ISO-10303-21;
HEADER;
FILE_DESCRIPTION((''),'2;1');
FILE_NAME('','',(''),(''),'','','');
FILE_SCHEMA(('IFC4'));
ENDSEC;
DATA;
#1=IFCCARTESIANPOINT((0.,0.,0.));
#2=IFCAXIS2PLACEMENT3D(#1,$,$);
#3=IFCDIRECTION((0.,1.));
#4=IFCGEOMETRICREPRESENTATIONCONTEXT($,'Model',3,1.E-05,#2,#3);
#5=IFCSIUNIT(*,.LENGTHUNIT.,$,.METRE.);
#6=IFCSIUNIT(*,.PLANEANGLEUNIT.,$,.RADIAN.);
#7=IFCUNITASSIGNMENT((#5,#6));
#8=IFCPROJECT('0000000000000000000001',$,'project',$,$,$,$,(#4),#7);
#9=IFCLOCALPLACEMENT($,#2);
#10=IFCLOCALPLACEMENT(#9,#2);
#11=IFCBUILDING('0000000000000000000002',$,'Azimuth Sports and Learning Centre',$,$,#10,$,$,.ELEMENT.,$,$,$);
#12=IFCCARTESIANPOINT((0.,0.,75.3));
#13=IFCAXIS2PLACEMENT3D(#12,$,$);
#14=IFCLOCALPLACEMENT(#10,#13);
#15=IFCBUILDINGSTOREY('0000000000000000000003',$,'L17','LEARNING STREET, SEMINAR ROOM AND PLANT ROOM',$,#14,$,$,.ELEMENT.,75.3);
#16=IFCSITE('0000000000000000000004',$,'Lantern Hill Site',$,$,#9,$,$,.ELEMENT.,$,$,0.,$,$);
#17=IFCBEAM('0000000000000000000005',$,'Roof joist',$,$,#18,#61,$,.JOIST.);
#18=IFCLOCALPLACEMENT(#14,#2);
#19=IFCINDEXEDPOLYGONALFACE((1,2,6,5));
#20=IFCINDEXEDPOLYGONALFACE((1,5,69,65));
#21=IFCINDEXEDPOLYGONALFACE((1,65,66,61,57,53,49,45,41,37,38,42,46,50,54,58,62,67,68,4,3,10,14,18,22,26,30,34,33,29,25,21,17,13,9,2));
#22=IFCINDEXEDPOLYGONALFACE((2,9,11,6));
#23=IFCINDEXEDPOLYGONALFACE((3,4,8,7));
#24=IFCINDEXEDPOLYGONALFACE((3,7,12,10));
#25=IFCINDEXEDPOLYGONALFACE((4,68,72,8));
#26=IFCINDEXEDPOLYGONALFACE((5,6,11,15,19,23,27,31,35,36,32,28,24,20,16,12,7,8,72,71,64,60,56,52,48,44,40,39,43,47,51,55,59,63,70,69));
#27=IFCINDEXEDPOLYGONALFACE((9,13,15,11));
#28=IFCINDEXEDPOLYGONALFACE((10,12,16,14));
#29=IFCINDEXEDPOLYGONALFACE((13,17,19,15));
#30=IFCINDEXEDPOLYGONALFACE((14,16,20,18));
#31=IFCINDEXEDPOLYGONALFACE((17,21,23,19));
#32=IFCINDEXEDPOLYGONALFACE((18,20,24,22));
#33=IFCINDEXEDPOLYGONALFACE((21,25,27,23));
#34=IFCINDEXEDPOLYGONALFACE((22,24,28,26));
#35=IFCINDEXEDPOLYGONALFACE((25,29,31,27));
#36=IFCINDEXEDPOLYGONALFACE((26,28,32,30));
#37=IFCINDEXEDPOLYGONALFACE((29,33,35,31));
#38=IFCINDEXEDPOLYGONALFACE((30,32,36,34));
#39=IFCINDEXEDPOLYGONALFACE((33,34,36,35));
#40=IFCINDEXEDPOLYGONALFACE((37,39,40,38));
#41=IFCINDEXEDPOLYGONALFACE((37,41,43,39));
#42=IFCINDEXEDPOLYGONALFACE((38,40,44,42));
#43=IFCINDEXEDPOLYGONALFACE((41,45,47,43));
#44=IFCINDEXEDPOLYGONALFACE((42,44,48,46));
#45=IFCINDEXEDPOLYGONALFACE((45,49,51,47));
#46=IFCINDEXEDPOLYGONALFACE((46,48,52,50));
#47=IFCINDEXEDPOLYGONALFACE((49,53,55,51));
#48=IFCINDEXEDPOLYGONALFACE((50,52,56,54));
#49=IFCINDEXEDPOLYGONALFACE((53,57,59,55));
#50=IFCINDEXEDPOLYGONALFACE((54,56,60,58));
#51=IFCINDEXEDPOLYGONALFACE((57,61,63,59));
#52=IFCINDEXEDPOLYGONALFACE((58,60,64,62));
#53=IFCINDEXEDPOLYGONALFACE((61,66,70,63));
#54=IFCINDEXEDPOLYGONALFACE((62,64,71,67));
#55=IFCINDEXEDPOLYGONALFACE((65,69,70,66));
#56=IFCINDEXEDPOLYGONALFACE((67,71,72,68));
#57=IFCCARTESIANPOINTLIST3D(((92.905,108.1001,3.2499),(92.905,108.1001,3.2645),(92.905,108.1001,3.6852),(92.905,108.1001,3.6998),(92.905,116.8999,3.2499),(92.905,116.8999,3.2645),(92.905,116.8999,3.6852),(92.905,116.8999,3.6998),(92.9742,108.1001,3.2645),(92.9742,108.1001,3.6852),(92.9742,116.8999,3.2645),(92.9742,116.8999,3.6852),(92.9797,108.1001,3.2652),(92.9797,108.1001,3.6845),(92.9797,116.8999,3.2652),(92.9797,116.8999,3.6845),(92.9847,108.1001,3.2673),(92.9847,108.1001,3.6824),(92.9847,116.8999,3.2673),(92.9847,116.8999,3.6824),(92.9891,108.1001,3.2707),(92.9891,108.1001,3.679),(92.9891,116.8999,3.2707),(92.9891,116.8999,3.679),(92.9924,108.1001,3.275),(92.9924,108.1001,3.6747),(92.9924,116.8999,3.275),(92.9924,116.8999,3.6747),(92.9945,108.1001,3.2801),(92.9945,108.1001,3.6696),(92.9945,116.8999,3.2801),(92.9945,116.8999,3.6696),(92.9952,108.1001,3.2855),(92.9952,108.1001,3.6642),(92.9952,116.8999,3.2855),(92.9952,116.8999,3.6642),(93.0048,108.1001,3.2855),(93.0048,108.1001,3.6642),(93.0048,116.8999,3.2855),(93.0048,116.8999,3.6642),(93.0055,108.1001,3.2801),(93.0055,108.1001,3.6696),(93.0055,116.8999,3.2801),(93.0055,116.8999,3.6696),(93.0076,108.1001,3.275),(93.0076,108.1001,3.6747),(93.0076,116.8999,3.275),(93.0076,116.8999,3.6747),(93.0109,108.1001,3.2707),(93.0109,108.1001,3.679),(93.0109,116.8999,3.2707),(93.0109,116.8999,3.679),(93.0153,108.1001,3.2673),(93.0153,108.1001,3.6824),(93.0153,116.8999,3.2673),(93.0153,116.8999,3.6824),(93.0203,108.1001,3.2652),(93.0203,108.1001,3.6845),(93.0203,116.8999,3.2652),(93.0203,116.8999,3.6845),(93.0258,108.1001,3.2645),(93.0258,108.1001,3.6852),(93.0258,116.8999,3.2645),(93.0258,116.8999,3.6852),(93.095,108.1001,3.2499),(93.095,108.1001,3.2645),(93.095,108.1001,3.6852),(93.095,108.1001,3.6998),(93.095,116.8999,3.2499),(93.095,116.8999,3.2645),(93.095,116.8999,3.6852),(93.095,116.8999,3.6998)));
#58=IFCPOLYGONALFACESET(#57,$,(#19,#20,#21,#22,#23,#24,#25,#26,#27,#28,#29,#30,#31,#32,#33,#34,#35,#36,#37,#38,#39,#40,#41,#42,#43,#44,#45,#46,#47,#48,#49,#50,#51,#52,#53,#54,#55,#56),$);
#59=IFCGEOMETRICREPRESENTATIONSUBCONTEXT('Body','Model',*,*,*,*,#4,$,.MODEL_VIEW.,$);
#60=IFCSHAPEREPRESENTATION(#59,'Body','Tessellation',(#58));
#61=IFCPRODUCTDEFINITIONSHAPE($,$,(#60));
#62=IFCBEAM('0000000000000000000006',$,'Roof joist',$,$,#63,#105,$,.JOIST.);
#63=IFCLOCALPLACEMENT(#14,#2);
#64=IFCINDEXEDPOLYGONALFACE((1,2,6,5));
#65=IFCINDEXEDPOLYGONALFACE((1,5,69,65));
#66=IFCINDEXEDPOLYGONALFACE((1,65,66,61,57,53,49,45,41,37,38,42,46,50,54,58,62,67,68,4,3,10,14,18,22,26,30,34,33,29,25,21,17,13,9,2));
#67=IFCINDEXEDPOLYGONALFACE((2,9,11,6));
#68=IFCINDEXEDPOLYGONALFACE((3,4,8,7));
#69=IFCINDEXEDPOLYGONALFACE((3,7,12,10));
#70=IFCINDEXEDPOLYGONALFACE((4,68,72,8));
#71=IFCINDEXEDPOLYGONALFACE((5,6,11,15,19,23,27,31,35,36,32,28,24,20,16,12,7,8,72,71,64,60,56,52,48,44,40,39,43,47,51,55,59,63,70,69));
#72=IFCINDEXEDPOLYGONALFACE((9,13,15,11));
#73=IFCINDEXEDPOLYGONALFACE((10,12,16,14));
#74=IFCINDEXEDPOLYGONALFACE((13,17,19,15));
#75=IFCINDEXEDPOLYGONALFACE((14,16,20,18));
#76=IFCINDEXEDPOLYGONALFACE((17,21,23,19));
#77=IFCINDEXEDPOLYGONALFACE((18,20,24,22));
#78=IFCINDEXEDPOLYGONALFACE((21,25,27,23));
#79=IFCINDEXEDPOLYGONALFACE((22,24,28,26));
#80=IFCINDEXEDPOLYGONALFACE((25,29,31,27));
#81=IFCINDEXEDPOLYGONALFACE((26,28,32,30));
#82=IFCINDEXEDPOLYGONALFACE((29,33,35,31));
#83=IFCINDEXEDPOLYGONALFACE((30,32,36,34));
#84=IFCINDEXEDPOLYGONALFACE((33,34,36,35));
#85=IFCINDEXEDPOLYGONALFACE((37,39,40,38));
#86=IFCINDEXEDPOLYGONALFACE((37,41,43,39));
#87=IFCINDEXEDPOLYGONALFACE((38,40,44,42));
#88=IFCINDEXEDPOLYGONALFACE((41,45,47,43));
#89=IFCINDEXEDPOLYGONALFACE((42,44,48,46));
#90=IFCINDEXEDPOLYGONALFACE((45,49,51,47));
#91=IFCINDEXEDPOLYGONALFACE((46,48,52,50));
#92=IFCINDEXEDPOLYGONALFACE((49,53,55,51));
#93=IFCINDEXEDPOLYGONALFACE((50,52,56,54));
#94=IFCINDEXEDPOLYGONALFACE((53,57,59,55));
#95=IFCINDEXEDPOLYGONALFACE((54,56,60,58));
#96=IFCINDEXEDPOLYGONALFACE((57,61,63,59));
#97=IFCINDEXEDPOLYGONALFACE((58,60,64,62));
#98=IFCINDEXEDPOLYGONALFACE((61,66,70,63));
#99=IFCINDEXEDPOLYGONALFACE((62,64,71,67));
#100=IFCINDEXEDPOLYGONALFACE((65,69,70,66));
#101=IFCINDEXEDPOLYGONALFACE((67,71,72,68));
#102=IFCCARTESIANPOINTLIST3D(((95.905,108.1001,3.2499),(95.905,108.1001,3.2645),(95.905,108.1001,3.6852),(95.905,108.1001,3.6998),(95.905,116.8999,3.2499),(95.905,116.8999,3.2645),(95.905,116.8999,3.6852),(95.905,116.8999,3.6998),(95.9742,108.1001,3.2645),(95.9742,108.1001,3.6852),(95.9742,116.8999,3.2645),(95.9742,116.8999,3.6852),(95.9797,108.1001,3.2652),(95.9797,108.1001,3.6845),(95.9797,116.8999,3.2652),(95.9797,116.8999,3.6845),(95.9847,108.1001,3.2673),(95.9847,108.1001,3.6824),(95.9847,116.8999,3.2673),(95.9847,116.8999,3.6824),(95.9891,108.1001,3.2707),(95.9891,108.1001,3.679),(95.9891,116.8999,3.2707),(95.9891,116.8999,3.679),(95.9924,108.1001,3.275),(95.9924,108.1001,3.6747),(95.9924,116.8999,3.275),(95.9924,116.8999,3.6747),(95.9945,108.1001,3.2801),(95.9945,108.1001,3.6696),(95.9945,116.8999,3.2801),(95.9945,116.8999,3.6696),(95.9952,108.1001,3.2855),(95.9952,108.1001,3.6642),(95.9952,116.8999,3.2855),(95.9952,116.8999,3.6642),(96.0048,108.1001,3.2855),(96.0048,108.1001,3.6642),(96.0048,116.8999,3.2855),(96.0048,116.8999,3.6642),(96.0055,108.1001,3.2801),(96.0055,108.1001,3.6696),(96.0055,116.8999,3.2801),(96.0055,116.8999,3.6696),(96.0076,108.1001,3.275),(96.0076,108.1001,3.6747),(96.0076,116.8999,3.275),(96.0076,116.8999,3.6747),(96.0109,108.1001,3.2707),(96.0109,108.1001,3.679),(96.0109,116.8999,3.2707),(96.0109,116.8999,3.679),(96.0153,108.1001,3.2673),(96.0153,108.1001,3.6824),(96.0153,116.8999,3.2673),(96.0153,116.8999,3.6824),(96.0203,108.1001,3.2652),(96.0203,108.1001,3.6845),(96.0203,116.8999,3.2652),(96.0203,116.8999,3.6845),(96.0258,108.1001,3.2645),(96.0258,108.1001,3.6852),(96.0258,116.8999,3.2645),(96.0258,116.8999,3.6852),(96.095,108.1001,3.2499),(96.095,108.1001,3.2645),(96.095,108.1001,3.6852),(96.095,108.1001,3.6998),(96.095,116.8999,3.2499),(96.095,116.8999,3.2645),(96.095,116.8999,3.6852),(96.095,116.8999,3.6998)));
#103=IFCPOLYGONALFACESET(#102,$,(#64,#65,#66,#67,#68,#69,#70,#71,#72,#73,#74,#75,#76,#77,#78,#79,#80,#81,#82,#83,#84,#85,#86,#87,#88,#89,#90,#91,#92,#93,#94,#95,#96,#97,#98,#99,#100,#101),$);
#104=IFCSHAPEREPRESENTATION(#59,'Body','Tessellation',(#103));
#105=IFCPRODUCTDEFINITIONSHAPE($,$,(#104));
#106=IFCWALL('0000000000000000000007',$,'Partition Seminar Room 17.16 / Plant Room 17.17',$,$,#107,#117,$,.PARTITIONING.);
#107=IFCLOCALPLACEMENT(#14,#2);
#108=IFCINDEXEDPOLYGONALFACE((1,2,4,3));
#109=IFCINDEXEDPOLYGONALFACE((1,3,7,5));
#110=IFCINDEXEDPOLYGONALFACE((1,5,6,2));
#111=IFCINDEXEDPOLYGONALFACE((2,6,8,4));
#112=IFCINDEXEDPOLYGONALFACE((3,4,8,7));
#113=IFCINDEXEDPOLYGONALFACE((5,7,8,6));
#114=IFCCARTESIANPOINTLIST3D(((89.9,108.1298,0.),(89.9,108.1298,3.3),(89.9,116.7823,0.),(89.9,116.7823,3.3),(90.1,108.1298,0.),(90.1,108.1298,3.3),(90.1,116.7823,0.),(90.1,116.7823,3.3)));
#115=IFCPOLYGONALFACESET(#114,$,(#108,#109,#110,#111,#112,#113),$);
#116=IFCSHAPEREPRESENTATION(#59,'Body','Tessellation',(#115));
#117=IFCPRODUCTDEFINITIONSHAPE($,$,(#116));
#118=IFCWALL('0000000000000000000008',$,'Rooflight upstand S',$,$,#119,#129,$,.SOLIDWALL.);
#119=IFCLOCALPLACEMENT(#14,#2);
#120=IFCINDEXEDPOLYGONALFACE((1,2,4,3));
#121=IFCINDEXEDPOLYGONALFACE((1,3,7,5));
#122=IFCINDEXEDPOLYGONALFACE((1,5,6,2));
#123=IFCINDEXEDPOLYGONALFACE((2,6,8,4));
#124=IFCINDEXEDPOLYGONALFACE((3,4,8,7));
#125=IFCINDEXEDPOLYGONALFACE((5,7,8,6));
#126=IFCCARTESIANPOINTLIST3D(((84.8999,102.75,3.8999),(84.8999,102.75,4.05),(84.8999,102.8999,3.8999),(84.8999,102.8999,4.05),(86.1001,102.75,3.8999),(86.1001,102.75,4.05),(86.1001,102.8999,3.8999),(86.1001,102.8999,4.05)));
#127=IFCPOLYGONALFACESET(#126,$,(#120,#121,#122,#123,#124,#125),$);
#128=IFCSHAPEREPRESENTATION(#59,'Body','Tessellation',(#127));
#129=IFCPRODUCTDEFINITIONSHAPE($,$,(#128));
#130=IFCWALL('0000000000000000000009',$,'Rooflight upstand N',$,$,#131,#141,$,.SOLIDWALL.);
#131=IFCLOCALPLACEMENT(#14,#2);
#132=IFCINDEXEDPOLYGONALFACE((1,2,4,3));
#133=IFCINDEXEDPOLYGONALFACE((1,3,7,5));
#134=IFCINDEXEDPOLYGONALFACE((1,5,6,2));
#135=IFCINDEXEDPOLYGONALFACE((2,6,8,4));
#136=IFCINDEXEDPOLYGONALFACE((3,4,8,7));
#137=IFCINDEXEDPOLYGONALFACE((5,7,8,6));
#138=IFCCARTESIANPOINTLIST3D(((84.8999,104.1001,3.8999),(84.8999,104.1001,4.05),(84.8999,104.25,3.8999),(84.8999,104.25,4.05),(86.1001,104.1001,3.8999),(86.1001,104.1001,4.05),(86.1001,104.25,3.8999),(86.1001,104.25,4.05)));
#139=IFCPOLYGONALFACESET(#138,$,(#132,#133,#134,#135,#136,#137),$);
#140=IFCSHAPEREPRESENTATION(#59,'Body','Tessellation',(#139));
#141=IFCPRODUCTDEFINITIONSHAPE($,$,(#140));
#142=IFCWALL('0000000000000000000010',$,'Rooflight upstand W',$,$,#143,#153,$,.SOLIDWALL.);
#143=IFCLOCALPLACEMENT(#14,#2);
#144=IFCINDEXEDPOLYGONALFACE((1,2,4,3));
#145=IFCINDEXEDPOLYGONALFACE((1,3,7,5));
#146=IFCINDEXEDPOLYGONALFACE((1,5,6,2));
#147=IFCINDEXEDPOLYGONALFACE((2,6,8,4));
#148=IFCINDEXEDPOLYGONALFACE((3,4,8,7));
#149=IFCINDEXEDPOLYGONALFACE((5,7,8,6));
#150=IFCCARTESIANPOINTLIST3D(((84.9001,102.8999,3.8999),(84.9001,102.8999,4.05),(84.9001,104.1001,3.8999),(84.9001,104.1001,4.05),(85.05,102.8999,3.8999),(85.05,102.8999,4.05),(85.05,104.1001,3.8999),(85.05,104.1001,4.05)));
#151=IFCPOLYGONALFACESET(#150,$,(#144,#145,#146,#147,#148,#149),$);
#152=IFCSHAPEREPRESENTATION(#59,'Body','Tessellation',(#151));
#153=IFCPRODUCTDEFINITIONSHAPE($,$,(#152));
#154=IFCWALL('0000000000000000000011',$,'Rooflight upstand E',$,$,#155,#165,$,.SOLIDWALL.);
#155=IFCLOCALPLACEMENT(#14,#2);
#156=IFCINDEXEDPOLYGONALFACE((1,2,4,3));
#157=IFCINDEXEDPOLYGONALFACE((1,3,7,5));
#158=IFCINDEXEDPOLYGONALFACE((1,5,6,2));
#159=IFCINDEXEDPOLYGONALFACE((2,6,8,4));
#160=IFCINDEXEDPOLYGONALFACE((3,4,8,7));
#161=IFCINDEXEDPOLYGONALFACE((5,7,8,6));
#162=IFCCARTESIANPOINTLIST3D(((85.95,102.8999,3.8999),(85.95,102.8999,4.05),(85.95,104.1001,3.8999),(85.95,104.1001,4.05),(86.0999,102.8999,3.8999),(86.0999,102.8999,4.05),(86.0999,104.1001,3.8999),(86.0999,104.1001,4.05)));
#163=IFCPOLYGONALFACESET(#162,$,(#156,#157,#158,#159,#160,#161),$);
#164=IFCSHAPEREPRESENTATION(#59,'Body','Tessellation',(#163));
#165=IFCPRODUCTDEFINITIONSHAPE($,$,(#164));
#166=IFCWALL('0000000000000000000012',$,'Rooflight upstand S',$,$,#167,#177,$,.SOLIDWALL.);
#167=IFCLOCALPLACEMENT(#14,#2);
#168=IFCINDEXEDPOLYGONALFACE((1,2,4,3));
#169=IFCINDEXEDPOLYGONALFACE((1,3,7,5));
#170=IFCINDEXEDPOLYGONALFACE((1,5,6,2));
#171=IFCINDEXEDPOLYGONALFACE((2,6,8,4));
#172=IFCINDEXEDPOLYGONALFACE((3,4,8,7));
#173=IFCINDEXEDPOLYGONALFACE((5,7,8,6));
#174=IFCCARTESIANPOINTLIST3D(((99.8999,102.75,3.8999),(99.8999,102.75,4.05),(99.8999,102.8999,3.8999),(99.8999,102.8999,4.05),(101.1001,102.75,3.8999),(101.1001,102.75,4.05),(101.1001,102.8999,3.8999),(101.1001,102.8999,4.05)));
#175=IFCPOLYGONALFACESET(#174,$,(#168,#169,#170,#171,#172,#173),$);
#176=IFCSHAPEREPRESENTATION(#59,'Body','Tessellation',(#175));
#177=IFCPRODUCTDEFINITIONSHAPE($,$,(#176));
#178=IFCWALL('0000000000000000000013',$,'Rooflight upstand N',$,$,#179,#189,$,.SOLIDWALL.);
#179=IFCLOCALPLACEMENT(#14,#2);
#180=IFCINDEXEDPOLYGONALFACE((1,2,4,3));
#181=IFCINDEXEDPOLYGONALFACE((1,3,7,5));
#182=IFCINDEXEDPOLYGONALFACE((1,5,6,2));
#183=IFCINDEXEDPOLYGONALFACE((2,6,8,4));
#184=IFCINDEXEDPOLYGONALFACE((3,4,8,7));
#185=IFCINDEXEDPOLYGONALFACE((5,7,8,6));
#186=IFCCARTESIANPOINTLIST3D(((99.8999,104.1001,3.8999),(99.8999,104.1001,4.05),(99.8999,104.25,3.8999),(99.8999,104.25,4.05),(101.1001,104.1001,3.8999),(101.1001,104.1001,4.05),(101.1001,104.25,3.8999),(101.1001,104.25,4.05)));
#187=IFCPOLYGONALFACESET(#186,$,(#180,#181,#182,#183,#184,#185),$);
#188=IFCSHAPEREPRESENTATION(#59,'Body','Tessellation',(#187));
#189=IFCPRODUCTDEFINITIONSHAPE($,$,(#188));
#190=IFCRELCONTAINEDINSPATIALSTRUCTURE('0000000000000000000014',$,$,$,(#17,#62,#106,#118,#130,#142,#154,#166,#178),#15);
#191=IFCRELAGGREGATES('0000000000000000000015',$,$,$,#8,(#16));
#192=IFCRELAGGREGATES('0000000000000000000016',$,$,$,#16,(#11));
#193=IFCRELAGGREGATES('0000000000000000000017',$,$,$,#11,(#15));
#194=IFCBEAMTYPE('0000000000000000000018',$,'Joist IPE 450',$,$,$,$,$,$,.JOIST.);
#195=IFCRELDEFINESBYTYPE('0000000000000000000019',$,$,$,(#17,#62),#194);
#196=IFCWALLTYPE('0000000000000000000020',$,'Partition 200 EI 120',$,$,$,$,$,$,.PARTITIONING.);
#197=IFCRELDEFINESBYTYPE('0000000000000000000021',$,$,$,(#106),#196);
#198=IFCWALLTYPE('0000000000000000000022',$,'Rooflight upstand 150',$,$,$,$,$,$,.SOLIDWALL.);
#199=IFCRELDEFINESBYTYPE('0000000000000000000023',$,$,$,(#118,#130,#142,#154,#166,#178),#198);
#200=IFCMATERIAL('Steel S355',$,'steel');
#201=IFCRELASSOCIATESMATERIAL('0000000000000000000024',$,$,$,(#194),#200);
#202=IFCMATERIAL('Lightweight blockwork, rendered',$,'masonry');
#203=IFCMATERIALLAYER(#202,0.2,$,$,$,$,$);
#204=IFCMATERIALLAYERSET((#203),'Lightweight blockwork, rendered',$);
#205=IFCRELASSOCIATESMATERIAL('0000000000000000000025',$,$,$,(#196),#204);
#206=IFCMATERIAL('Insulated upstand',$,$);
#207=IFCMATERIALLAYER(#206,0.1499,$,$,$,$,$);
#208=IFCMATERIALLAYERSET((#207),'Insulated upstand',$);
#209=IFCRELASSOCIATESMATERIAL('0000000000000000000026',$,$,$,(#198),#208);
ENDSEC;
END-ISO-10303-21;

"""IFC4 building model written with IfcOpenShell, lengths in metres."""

from ifc_helpers import new_model, si_unit, direction, frame, frame_2d, origin, origin_2d, place, context, subcontext, project, spatial, rectangle, i_section, extrude, material, layer, layer_set, material_profile, profile_set, type_object, element, save


model = new_model("IFC4")

# Units and contexts
model_context = context("Model", 3, precision=1e-05, world=origin(), true_north=direction((0.0, 1.0)))
body_context = subcontext(model_context, "Body", "Model", "MODEL_VIEW")
ifc_project = project(units=[si_unit("LENGTHUNIT", "METRE"), si_unit("PLANEANGLEUNIT", "RADIAN")], contexts=[model_context])

# Site, building, storey
site_placement = place(None, origin())
site = spatial("IfcSite", under=ifc_project, at=site_placement, Name="Lantern Hill Site", CompositionType="ELEMENT", RefElevation=0.0)
building_placement = place(site_placement, origin())
building = spatial("IfcBuilding", under=site, at=building_placement, Name="Azimuth Sports and Learning Centre", CompositionType="ELEMENT")
storey_placement = place(building_placement, frame((0.0, 0.0, 75.3)))
storey = spatial("IfcBuildingStorey", under=building, at=storey_placement, Name="L17", Description="LEARNING STREET, SEMINAR ROOM AND PLANT ROOM", CompositionType="ELEMENT", Elevation=75.3)

# Beams
ifc_material_1 = material(Name="Steel S355", Category="steel")
ifc_material_profile_1 = material_profile(ifc_material_1, i_section(OverallWidth=0.1899, OverallDepth=0.45, WebThickness=0.0095, FlangeThickness=0.0146, FilletRadius=0.021, at=origin_2d()), Name="IPE 450")
ifc_profile_set_1 = profile_set([ifc_material_profile_1], Name="Steel S355")
beam_type_1 = type_object("IfcBeamType", Name="Joist IPE 450", PredefinedType="JOIST", material=ifc_profile_set_1)
for number, where, z_axis, x_axis, name in (
    (1, (93.0, 108.1001, 3.4749), (0.0, 1.0, 0.0), (-1.0, 0.0, 0.0), "Roof joist"),
    (2, (96.0, 108.1001, 3.4749), (0.0, 1.0, 0.0), (-1.0, 0.0, 0.0), "Roof joist"),
):
    element("IfcBeam", number, at=place(storey_placement, frame(where, z_axis=z_axis, x_axis=x_axis)), inside=storey, type_object=beam_type_1, Name=name, PredefinedType="JOIST", context=body_context, shape_type="SweptSolid", body=[
        extrude(i_section(OverallWidth=0.1899, OverallDepth=0.45, WebThickness=0.0095, FlangeThickness=0.0146, FilletRadius=0.021, at=origin_2d()), origin(), (0.0, 0.0, 1.0), 8.7998),
    ])

# Shared definitions
ifc_material_2 = material(Name="Lightweight blockwork, rendered", Category="masonry")
ifc_layer_1 = layer(ifc_material_2, 0.2)
ifc_layer_set_1 = layer_set([ifc_layer_1], Name="Lightweight blockwork, rendered")
wall_type_1 = type_object("IfcWallType", Name="Partition 200 EI 120", PredefinedType="PARTITIONING", material=ifc_layer_set_1)

# Walls
wall_1_placement = place(storey_placement, frame((90.0, 108.1299, 0.0), z_axis=(0.0, 0.0, 1.0), x_axis=(0.0, 1.0, 0.0)))
element("IfcWall", 3, at=wall_1_placement, inside=storey, type_object=wall_type_1, Name="Partition Seminar Room 17.16 / Plant Room 17.17", PredefinedType="PARTITIONING", context=body_context, shape_type="SweptSolid", body=[
    extrude(rectangle(XDim=8.6526, YDim=0.2, at=frame_2d((4.3262, 0.0))), origin(), (0.0, 0.0, 1.0), 3.3),
])
ifc_material_3 = material(Name="Insulated upstand")
ifc_layer_2 = layer(ifc_material_3, 0.1499)
ifc_layer_set_2 = layer_set([ifc_layer_2], Name="Insulated upstand")
wall_type_2 = type_object("IfcWallType", Name="Rooflight upstand 150", PredefinedType="SOLIDWALL", material=ifc_layer_set_2)
for number, where, z_axis, x_axis, name in (
    (4, (84.8999, 102.825, 3.8999), (0.0, 0.0, 1.0), (1.0, 0.0, 0.0), "Rooflight upstand S"),
    (5, (84.8999, 104.175, 3.8999), (0.0, 0.0, 1.0), (1.0, 0.0, 0.0), "Rooflight upstand N"),
    (6, (84.9751, 102.8999, 3.8999), (0.0, 0.0, 1.0), (0.0, 1.0, 0.0), "Rooflight upstand W"),
    (7, (86.0249, 102.8999, 3.8999), (0.0, 0.0, 1.0), (0.0, 1.0, 0.0), "Rooflight upstand E"),
    (8, (99.8999, 102.825, 3.8999), (0.0, 0.0, 1.0), (1.0, 0.0, 0.0), "Rooflight upstand S"),
    (9, (99.8999, 104.175, 3.8999), (0.0, 0.0, 1.0), (1.0, 0.0, 0.0), "Rooflight upstand N"),
):
    element("IfcWall", number, at=place(storey_placement, frame(where, z_axis=z_axis, x_axis=x_axis)), inside=storey, type_object=wall_type_2, Name=name, PredefinedType="SOLIDWALL", context=body_context, shape_type="SweptSolid", body=[
        extrude(rectangle(XDim=1.2002, YDim=0.1499, at=frame_2d((0.6001, 0.0))), origin(), (0.0, 0.0, 1.0), 0.1501),
    ])

save(model, "model.ifc")
